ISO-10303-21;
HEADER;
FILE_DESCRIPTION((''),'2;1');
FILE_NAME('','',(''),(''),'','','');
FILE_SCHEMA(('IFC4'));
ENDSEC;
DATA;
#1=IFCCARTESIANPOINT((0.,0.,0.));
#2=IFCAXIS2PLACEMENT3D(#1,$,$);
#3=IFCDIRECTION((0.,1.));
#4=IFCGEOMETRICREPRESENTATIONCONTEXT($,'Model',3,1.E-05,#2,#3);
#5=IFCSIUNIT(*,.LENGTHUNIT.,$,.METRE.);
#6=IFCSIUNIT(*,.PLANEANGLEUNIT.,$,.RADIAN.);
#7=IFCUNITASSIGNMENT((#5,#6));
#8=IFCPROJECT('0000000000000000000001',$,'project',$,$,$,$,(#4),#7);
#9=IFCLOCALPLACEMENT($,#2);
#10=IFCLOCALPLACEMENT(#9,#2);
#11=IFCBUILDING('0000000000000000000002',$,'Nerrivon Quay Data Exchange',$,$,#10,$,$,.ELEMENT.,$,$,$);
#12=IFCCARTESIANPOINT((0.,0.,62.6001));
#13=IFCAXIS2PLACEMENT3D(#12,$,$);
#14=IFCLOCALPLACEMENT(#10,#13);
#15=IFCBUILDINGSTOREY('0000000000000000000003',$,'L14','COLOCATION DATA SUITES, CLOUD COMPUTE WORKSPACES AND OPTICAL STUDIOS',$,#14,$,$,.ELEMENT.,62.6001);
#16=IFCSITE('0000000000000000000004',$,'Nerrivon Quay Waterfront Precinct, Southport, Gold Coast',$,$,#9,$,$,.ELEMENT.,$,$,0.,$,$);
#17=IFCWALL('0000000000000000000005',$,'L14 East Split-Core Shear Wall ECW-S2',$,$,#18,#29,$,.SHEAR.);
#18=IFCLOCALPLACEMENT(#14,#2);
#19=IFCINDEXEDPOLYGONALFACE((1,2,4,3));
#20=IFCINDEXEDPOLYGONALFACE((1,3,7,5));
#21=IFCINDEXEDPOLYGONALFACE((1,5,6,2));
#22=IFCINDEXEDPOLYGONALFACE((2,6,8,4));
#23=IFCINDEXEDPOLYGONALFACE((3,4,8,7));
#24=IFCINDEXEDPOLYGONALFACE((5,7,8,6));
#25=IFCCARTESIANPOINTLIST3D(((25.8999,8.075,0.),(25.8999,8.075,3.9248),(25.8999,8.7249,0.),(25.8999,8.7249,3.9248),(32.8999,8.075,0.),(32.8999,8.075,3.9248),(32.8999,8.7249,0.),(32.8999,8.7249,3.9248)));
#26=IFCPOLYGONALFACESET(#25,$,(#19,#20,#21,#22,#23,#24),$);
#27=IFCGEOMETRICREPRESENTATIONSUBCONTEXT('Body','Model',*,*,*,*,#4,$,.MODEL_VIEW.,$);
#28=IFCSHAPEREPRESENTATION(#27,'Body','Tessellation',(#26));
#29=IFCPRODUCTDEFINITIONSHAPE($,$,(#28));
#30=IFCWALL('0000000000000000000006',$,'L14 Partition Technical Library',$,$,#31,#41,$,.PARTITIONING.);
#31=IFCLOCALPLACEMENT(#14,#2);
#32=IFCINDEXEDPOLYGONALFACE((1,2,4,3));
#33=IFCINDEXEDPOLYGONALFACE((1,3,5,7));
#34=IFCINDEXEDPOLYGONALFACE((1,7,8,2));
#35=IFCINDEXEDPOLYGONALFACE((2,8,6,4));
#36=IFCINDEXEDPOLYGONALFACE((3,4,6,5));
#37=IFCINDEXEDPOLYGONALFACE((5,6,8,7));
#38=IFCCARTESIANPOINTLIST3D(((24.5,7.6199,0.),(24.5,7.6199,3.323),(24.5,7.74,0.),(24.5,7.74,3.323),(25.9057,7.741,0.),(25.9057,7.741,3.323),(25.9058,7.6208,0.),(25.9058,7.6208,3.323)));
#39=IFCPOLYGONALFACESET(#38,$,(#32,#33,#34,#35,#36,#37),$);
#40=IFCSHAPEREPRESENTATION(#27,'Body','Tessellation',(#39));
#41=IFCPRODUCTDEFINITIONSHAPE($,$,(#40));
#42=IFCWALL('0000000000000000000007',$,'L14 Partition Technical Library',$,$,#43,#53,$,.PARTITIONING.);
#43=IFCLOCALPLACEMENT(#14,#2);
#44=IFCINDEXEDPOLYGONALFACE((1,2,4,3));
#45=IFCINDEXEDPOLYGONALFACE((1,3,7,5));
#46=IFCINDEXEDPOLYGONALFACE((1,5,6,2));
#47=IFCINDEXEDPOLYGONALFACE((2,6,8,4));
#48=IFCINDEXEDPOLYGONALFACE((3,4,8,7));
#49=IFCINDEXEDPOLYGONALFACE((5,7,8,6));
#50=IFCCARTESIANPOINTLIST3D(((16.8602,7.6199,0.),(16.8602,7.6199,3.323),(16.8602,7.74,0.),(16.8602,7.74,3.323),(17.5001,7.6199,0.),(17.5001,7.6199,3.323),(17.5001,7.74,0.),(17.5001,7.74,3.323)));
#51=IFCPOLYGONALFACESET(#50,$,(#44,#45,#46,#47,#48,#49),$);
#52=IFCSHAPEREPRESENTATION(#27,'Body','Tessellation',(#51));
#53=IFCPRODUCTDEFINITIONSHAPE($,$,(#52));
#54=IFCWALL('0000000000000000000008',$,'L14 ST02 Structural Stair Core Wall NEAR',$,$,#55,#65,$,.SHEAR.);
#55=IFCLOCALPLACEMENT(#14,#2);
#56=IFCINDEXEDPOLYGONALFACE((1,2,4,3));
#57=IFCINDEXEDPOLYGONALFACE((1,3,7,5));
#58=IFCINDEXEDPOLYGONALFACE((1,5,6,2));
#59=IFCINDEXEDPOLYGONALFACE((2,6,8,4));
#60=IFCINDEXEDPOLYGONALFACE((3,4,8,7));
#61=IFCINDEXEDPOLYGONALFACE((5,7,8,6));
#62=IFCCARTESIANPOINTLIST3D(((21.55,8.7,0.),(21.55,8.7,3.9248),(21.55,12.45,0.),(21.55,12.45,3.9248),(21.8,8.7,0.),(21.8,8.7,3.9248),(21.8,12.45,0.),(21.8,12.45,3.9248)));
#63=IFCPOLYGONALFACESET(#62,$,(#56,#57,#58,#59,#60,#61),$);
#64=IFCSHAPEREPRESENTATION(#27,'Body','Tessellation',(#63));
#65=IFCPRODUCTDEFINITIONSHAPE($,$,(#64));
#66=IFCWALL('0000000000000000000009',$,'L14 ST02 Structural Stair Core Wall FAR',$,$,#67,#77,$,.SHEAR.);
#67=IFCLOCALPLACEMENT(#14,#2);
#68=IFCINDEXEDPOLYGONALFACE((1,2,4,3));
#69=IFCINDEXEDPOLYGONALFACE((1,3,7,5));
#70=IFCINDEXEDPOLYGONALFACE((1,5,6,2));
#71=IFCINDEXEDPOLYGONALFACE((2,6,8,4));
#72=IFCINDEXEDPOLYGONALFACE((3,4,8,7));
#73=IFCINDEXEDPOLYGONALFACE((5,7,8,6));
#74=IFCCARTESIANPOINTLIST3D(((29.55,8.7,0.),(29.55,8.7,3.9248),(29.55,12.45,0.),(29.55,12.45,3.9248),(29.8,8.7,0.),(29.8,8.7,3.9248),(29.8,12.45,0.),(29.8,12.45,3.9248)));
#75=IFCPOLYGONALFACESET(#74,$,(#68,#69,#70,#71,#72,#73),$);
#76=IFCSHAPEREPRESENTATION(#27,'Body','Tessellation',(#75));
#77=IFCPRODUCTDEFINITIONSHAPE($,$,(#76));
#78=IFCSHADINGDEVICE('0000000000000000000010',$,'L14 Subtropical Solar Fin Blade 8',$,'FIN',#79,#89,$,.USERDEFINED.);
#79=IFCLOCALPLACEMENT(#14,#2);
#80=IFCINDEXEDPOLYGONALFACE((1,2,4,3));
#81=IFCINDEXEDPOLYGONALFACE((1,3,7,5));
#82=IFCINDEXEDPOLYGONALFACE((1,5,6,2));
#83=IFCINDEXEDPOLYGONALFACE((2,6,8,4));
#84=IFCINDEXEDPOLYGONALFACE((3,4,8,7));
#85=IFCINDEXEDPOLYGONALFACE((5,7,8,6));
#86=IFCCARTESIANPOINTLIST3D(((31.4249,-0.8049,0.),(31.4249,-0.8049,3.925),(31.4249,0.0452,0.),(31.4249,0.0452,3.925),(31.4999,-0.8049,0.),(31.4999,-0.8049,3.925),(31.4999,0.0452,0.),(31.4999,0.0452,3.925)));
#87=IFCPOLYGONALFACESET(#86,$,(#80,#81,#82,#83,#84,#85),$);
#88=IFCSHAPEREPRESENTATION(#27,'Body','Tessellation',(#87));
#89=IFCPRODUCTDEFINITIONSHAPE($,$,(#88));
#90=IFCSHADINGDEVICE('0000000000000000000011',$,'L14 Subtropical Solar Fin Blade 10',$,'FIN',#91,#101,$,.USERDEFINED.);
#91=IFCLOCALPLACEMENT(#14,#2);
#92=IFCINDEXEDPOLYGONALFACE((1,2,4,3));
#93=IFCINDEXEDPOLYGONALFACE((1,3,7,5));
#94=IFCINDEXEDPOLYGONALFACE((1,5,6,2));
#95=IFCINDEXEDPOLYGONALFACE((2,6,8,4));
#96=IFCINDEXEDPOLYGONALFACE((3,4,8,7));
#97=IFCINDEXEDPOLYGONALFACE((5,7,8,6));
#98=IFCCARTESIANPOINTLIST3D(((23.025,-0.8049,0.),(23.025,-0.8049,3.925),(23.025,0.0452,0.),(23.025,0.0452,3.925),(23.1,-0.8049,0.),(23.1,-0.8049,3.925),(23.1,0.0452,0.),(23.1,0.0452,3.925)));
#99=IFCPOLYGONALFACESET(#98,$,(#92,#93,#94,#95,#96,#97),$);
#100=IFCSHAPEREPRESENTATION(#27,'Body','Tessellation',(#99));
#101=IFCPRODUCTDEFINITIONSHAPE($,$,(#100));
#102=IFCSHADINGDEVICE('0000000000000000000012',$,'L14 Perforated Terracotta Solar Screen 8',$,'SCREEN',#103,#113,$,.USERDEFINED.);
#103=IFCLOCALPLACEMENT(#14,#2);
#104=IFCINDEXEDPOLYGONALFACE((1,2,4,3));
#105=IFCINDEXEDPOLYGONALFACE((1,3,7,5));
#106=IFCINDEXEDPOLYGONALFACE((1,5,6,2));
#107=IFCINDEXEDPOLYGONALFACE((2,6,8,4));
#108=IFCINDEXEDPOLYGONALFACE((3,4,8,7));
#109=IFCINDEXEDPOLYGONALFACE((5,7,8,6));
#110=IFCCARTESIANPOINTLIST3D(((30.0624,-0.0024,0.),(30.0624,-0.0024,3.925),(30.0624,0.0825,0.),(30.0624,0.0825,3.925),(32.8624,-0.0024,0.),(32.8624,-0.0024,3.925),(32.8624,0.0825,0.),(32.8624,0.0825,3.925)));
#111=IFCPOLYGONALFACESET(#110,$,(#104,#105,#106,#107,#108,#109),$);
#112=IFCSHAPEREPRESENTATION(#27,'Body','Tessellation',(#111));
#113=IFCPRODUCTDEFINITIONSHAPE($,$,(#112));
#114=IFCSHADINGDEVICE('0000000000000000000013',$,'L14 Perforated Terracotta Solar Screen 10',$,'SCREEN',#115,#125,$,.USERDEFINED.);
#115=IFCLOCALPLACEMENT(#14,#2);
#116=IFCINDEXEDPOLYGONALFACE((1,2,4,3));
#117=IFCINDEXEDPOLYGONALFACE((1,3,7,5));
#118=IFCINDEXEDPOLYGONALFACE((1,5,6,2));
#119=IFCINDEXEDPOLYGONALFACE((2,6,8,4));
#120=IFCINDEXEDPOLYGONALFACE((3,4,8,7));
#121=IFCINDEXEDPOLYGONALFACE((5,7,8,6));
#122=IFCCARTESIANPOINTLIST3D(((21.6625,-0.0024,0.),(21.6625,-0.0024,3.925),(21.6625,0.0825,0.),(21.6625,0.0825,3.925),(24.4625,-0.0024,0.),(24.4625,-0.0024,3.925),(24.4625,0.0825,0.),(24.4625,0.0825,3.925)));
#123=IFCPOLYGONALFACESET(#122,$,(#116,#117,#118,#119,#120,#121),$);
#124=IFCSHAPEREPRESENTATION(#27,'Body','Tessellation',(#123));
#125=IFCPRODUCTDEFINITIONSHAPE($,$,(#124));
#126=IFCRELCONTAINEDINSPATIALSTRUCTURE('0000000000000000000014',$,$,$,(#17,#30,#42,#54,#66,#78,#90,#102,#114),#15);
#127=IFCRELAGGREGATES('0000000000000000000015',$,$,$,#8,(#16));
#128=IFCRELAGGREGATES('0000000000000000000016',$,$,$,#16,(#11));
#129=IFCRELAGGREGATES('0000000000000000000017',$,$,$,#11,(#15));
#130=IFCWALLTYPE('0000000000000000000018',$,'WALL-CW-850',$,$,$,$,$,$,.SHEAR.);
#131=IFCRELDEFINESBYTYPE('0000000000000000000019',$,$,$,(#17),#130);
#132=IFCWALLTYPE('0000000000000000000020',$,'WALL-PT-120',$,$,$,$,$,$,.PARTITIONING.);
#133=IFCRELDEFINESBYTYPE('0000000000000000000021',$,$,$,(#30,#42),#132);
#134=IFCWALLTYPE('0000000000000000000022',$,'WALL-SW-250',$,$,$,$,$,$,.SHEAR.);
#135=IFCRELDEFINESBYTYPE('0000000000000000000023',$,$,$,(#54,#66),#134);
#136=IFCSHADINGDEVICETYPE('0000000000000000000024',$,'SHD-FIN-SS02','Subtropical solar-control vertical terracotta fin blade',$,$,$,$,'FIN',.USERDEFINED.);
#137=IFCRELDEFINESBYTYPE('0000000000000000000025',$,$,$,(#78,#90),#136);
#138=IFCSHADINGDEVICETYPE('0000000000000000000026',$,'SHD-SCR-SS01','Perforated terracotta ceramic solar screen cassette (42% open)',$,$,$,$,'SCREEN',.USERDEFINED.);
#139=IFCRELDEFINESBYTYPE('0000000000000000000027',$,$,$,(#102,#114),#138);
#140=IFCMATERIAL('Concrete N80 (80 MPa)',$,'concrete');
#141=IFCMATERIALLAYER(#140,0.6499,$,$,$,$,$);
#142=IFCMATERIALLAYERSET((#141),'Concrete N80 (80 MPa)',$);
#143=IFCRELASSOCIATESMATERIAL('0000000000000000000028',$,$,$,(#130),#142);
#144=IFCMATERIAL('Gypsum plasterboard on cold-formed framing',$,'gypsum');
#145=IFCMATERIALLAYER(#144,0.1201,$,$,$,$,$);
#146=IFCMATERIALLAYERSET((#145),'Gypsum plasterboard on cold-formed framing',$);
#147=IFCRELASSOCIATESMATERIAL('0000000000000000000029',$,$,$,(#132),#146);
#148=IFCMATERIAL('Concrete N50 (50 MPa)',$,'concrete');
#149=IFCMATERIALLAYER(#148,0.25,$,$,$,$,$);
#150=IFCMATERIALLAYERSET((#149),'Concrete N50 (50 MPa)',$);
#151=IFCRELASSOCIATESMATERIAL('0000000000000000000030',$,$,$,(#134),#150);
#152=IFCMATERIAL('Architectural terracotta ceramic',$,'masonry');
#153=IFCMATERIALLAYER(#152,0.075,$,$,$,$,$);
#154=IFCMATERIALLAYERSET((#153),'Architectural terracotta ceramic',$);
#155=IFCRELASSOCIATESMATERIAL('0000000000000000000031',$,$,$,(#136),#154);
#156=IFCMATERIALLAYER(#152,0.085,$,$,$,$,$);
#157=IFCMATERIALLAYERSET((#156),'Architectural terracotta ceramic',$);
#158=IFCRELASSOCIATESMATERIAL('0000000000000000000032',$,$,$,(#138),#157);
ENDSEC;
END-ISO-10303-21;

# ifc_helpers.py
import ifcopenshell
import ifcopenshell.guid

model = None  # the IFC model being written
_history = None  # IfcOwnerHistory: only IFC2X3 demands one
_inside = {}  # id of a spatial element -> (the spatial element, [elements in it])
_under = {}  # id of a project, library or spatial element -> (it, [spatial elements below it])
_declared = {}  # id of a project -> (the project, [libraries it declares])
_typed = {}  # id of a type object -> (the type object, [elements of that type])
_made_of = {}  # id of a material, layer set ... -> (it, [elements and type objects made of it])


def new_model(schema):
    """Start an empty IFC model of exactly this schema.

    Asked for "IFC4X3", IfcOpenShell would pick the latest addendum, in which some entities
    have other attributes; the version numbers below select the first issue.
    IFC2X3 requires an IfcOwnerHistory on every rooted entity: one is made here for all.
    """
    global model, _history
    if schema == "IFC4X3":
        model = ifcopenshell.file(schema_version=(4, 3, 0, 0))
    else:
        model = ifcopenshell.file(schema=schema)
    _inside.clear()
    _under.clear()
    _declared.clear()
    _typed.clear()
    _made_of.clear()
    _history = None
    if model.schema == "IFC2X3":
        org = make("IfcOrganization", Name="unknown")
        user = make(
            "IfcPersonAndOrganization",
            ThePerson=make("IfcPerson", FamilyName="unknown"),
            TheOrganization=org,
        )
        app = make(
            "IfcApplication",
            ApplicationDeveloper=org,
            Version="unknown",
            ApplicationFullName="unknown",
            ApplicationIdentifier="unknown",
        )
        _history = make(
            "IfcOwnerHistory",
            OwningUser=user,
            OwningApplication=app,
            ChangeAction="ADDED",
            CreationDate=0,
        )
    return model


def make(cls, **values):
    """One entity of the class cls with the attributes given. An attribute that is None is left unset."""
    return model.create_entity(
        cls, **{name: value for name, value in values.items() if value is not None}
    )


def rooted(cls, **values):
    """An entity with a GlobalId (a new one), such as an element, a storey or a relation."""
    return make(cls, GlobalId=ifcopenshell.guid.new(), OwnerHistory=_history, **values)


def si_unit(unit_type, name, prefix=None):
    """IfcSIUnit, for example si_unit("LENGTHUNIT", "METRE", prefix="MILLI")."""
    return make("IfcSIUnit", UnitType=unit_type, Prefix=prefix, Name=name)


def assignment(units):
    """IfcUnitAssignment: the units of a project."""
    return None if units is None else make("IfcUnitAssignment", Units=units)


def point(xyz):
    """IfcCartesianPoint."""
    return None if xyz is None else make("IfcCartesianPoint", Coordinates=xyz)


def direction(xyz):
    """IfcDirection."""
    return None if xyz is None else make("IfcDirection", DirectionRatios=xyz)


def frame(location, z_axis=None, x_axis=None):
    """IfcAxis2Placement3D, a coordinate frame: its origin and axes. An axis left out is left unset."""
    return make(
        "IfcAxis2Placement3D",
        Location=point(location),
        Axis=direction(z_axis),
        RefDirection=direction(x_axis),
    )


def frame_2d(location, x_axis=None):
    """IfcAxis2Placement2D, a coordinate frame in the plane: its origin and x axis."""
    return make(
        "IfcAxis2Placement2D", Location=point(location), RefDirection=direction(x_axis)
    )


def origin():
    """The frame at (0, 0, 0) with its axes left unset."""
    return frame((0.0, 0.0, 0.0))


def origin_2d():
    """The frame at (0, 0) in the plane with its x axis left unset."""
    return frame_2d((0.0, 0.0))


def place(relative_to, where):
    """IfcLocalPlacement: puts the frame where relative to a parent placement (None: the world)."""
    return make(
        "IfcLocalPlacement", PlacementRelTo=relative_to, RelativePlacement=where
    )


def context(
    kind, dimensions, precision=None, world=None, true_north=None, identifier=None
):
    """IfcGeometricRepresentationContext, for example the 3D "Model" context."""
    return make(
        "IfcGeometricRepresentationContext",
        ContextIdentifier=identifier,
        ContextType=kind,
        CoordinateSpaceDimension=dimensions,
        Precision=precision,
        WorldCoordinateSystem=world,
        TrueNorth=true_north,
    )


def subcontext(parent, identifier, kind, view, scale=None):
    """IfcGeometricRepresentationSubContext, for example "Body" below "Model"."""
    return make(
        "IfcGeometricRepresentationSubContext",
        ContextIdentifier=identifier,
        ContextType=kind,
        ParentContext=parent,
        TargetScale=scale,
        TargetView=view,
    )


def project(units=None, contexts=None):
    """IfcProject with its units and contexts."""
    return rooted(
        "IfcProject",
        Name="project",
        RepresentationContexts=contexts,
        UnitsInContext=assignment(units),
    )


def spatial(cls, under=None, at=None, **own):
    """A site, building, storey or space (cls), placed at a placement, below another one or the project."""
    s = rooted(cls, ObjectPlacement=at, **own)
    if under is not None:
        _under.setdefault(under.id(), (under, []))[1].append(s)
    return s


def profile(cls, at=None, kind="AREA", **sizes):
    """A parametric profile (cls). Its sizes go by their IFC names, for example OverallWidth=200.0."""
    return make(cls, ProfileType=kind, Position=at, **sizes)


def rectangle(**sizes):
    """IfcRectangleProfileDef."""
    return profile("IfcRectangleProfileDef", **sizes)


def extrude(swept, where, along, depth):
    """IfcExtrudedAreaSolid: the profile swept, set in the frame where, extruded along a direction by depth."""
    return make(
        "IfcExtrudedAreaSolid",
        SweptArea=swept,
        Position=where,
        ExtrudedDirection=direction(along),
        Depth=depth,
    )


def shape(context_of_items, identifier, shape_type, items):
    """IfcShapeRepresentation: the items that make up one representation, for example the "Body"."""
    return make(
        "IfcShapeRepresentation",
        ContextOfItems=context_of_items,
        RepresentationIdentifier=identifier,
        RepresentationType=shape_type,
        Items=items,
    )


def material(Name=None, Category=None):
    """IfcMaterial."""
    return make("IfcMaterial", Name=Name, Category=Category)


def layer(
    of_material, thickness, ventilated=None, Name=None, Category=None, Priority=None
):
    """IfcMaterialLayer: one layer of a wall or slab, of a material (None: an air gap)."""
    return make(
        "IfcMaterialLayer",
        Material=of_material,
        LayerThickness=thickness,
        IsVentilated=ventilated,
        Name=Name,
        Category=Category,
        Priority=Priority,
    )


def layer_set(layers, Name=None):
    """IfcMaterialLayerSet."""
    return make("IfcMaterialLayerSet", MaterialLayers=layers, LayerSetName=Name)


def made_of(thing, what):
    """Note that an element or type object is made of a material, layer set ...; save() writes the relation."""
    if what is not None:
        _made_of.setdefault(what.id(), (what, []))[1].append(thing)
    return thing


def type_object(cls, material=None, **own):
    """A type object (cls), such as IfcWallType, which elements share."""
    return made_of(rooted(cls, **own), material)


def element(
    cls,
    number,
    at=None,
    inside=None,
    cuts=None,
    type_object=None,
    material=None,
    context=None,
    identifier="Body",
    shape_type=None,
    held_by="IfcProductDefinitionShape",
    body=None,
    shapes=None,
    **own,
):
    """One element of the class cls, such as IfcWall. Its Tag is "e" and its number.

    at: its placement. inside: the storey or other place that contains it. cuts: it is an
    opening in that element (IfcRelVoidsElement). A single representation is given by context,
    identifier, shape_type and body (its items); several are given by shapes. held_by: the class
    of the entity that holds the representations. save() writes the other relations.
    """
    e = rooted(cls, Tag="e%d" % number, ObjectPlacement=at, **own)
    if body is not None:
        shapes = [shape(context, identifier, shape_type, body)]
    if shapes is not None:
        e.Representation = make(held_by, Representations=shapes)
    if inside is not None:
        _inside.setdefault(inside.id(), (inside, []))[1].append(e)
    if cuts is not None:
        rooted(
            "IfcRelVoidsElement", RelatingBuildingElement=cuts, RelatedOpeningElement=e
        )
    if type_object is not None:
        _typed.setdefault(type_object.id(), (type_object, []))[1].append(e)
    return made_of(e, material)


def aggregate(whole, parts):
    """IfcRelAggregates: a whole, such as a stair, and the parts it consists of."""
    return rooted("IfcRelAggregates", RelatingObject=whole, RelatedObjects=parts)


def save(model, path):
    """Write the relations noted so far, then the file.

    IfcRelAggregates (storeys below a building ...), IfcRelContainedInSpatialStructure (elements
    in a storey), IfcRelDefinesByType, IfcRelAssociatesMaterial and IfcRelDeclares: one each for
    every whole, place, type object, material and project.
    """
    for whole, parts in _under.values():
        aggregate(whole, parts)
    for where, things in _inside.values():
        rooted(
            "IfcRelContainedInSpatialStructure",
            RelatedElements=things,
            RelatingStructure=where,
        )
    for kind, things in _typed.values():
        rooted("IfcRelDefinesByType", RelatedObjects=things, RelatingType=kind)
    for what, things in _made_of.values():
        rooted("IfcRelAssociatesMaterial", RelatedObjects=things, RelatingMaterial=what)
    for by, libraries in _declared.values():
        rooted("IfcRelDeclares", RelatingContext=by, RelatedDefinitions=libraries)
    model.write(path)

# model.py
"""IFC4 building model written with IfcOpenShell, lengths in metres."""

from ifc_helpers import new_model, si_unit, direction, frame, frame_2d, origin, origin_2d, place, context, subcontext, project, spatial, rectangle, extrude, material, layer, layer_set, type_object, element, save


model = new_model("IFC4")

# Units and contexts
model_context = context("Model", 3, precision=1e-05, world=origin(), true_north=direction((0.0, 1.0)))
body_context = subcontext(model_context, "Body", "Model", "MODEL_VIEW")
ifc_project = project(units=[si_unit("LENGTHUNIT", "METRE"), si_unit("PLANEANGLEUNIT", "RADIAN")], contexts=[model_context])

# Site, building, storey
site_placement = place(None, origin())
site = spatial("IfcSite", under=ifc_project, at=site_placement, Name="Nerrivon Quay Waterfront Precinct, Southport, Gold Coast", CompositionType="ELEMENT", RefElevation=0.0)
building_placement = place(site_placement, origin())
building = spatial("IfcBuilding", under=site, at=building_placement, Name="Nerrivon Quay Data Exchange", CompositionType="ELEMENT")
storey_placement = place(building_placement, frame((0.0, 0.0, 62.6001)))
storey = spatial("IfcBuildingStorey", under=building, at=storey_placement, Name="L14", Description="COLOCATION DATA SUITES, CLOUD COMPUTE WORKSPACES AND OPTICAL STUDIOS", CompositionType="ELEMENT", Elevation=62.6001)

# Shared definitions
ifc_material_1 = material(Name="Concrete N80 (80 MPa)", Category="concrete")
ifc_material_2 = material(Name="Concrete N50 (50 MPa)", Category="concrete")

# Wall
ifc_layer_1 = layer(ifc_material_1, 0.6499)
ifc_layer_set_1 = layer_set([ifc_layer_1], Name="Concrete N80 (80 MPa)")
wall_type_1 = type_object("IfcWallType", Name="WALL-CW-850", PredefinedType="SHEAR", material=ifc_layer_set_1)
for number, where, z_axis, x_axis, name in (
    (1, (25.8999, 8.3999, 0.0), (0.0, 0.0, 1.0), (1.0, 0.0, 0.0), "L14 East Split-Core Shear Wall ECW-S2"),
):
    element("IfcWall", number, at=place(storey_placement, frame(where, z_axis=z_axis, x_axis=x_axis)), inside=storey, type_object=wall_type_1, Name=name, PredefinedType="SHEAR", context=body_context, shape_type="SweptSolid", body=[
        extrude(rectangle(XDim=7.0, YDim=0.6499, at=frame_2d((3.5, 0.0))), origin(), (0.0, 0.0, 1.0), 3.9248),
    ])

# Walls
ifc_material_3 = material(Name="Gypsum plasterboard on cold-formed framing", Category="gypsum")
ifc_layer_2 = layer(ifc_material_3, 0.1201)
ifc_layer_set_2 = layer_set([ifc_layer_2], Name="Gypsum plasterboard on cold-formed framing")
wall_type_2 = type_object("IfcWallType", Name="WALL-PT-120", PredefinedType="PARTITIONING", material=ifc_layer_set_2)
wall_1_placement = place(storey_placement, frame((25.9058, 7.6809, 0.0), z_axis=(0.0, 0.0, 1.0), x_axis=(-1.0, -0.000695, 0.0)))
element("IfcWall", 2, at=wall_1_placement, inside=storey, type_object=wall_type_2, Name="L14 Partition Technical Library", PredefinedType="PARTITIONING", context=body_context, shape_type="SweptSolid", body=[
    extrude(rectangle(XDim=1.4058, YDim=0.1201, at=frame_2d((0.7029, 0.0))), origin(), (0.0, 0.0, 1.0), 3.323),
])
wall_2_placement = place(storey_placement, frame((17.5, 7.6799, 0.0), z_axis=(0.0, 0.0, 1.0), x_axis=(-1.0, 0.0, 0.0)))
element("IfcWall", 3, at=wall_2_placement, inside=storey, type_object=wall_type_2, Name="L14 Partition Technical Library", PredefinedType="PARTITIONING", context=body_context, shape_type="SweptSolid", body=[
    extrude(rectangle(XDim=0.6399, YDim=0.1201, at=frame_2d((0.3198, 0.0))), origin(), (0.0, 0.0, 1.0), 3.323),
])
ifc_layer_3 = layer(ifc_material_2, 0.25)
ifc_layer_set_3 = layer_set([ifc_layer_3], Name="Concrete N50 (50 MPa)")
wall_type_3 = type_object("IfcWallType", Name="WALL-SW-250", PredefinedType="SHEAR", material=ifc_layer_set_3)
for number, where, z_axis, x_axis, name in (
    (4, (21.675, 8.7, 0.0), (0.0, 0.0, 1.0), (0.0, 1.0, 0.0), "L14 ST02 Structural Stair Core Wall NEAR"),
    (5, (29.675, 8.7, 0.0), (0.0, 0.0, 1.0), (0.0, 1.0, 0.0), "L14 ST02 Structural Stair Core Wall FAR"),
):
    element("IfcWall", number, at=place(storey_placement, frame(where, z_axis=z_axis, x_axis=x_axis)), inside=storey, type_object=wall_type_3, Name=name, PredefinedType="SHEAR", context=body_context, shape_type="SweptSolid", body=[
        extrude(rectangle(XDim=3.75, YDim=0.25, at=frame_2d((1.875, 0.0))), origin(), (0.0, 0.0, 1.0), 3.9248),
    ])

# Shading devices
ifc_material_4 = material(Name="Architectural terracotta ceramic", Category="masonry")
ifc_layer_4 = layer(ifc_material_4, 0.075)
ifc_layer_set_4 = layer_set([ifc_layer_4], Name="Architectural terracotta ceramic")
shading_device_type_1 = type_object("IfcShadingDeviceType", Name="SHD-FIN-SS02", Description="Subtropical solar-control vertical terracotta fin blade", ElementType="FIN", PredefinedType="USERDEFINED", material=ifc_layer_set_4)
for number, where, z_axis, x_axis, name in (
    (6, (31.4624, -0.3799, 0.0), (0.0, 0.0, 1.0), (-1.0, 0.0, 0.0), "L14 Subtropical Solar Fin Blade 8"),
    (7, (23.0625, -0.3799, 0.0), (0.0, 0.0, 1.0), (-1.0, 0.0, 0.0), "L14 Subtropical Solar Fin Blade 10"),
):
    element("IfcShadingDevice", number, at=place(storey_placement, frame(where, z_axis=z_axis, x_axis=x_axis)), inside=storey, type_object=shading_device_type_1, Name=name, ObjectType="FIN", PredefinedType="USERDEFINED", context=body_context, shape_type="SweptSolid", body=[
        extrude(rectangle(XDim=0.075, YDim=0.8501, at=origin_2d()), origin(), (0.0, 0.0, 1.0), 3.925),
    ])
ifc_layer_5 = layer(ifc_material_4, 0.085)
ifc_layer_set_5 = layer_set([ifc_layer_5], Name="Architectural terracotta ceramic")
shading_device_type_2 = type_object("IfcShadingDeviceType", Name="SHD-SCR-SS01", Description="Perforated terracotta ceramic solar screen cassette (42% open)", ElementType="SCREEN", PredefinedType="USERDEFINED", material=ifc_layer_set_5)
for number, where, z_axis, x_axis, name in (
    (8, (31.4624, 0.04, 0.0), (0.0, 0.0, 1.0), (-1.0, 0.0, 0.0), "L14 Perforated Terracotta Solar Screen 8"),
    (9, (23.0625, 0.04, 0.0), (0.0, 0.0, 1.0), (-1.0, 0.0, 0.0), "L14 Perforated Terracotta Solar Screen 10"),
):
    element("IfcShadingDevice", number, at=place(storey_placement, frame(where, z_axis=z_axis, x_axis=x_axis)), inside=storey, type_object=shading_device_type_2, Name=name, ObjectType="SCREEN", PredefinedType="USERDEFINED", context=body_context, shape_type="SweptSolid", body=[
        extrude(rectangle(XDim=2.8, YDim=0.085, at=origin_2d()), origin(), (0.0, 0.0, 1.0), 3.925),
    ])

save(model, "model.ifc")
